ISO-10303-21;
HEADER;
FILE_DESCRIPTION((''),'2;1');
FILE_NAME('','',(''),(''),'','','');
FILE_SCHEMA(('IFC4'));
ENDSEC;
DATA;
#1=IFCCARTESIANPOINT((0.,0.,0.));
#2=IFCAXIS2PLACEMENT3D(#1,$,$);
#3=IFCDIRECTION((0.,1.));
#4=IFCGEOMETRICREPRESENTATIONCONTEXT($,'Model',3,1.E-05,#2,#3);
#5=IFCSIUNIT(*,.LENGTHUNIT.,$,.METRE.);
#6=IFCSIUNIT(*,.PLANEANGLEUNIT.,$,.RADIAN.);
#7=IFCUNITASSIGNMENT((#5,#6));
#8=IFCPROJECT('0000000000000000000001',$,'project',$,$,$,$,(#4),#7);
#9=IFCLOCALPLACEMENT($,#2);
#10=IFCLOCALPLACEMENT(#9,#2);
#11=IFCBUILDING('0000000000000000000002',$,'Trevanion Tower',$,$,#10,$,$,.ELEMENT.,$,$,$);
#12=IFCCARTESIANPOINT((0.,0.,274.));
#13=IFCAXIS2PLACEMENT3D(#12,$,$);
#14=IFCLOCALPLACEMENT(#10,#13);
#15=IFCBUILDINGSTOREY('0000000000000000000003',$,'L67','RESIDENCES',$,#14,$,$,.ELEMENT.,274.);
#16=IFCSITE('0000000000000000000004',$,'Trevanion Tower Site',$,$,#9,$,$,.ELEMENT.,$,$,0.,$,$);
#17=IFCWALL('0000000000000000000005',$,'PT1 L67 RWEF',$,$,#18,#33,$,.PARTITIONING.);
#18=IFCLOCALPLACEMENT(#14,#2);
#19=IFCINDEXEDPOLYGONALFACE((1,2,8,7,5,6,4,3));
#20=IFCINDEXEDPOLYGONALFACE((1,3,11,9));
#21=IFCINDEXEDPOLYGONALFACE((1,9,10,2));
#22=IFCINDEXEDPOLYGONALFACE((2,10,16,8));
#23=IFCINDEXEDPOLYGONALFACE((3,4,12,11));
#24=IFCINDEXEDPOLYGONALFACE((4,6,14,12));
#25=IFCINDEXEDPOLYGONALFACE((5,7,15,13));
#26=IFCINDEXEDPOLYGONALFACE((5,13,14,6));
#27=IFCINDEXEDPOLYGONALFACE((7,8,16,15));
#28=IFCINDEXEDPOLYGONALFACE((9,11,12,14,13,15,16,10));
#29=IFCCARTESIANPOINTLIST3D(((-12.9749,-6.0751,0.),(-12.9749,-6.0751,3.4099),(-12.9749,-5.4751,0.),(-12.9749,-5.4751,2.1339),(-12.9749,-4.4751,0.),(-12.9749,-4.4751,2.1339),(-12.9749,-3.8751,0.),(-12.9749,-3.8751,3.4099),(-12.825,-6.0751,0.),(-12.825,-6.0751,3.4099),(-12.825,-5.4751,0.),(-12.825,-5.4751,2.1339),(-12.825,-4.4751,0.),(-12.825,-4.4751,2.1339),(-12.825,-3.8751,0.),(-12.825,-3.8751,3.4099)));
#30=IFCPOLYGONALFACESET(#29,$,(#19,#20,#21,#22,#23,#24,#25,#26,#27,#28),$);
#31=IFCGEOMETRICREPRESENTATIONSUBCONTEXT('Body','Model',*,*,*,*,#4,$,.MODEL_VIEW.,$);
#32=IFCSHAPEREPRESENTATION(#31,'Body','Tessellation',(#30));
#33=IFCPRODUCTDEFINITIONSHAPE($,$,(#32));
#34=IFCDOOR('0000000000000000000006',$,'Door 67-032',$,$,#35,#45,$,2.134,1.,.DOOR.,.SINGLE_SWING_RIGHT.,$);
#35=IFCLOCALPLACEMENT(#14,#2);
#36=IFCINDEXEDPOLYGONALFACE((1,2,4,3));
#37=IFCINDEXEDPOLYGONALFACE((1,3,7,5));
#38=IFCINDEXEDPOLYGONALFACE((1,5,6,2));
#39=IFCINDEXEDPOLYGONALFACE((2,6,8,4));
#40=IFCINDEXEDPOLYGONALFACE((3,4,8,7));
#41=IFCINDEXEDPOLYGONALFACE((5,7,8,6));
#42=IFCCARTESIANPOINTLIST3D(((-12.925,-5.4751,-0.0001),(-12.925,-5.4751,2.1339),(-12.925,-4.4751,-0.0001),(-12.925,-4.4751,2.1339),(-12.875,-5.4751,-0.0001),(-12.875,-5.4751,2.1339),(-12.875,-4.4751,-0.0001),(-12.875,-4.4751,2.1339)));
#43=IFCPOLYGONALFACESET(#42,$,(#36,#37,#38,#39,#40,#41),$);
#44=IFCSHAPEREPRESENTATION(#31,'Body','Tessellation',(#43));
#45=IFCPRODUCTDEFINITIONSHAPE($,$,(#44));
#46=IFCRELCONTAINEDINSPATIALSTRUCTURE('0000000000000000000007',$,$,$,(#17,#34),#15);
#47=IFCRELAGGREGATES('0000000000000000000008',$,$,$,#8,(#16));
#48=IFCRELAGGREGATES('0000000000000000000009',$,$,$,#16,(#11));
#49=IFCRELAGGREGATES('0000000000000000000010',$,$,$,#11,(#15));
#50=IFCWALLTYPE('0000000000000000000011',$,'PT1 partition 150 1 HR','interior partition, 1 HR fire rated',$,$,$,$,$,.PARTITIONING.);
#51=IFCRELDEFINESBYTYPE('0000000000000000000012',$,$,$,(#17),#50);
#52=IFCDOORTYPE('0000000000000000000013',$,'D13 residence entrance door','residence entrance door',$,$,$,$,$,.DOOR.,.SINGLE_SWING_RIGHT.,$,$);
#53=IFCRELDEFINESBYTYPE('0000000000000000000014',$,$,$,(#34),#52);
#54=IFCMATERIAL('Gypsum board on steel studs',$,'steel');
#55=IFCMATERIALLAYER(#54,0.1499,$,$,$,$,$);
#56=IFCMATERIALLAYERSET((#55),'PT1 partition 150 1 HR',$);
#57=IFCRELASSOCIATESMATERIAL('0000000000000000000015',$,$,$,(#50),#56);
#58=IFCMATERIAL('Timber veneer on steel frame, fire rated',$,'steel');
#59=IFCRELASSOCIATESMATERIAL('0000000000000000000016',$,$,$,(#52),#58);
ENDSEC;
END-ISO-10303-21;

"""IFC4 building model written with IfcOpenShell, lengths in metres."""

from ifc_helpers import new_model, si_unit, direction, frame, frame_2d, origin, place, context, subcontext, project, spatial, rectangle, extrude, material, layer, layer_set, type_object, element, fill, save


model = new_model("IFC4")

# Units and contexts
model_context = context("Model", 3, precision=1e-05, world=origin(), true_north=direction((0.0, 1.0)))
body_context = subcontext(model_context, "Body", "Model", "MODEL_VIEW")
ifc_project = project(units=[si_unit("LENGTHUNIT", "METRE"), si_unit("PLANEANGLEUNIT", "RADIAN")], contexts=[model_context])

# Site, building, storey
site_placement = place(None, origin())
site = spatial("IfcSite", under=ifc_project, at=site_placement, Name="Trevanion Tower Site", CompositionType="ELEMENT", RefElevation=0.0)
building_placement = place(site_placement, origin())
building = spatial("IfcBuilding", under=site, at=building_placement, Name="Trevanion Tower", CompositionType="ELEMENT")
storey_placement = place(building_placement, frame((0.0, 0.0, 274.0)))
storey = spatial("IfcBuildingStorey", under=building, at=storey_placement, Name="L67", Description="RESIDENCES", CompositionType="ELEMENT", Elevation=274.0)

# Wall, opening, door
ifc_material_1 = material(Name="Gypsum board on steel studs", Category="steel")
ifc_layer_1 = layer(ifc_material_1, 0.1499)
ifc_layer_set_1 = layer_set([ifc_layer_1], Name="PT1 partition 150 1 HR")
wall_type_1 = type_object("IfcWallType", Name="PT1 partition 150 1 HR", Description="interior partition, 1 HR fire rated", PredefinedType="PARTITIONING", material=ifc_layer_set_1)
wall_1_placement = place(storey_placement, frame((-12.8999, -3.875, 0.0), z_axis=(0.0, 0.0, 1.0), x_axis=(0.0, -1.0, 0.0)))
wall_1 = element("IfcWall", 1, at=wall_1_placement, inside=storey, type_object=wall_type_1, Name="PT1 L67 RWEF", PredefinedType="PARTITIONING", context=body_context, shape_type="SweptSolid", body=[
    extrude(rectangle(XDim=2.2, YDim=0.1499, at=frame_2d((1.1001, 0.0))), origin(), (0.0, 0.0, 1.0), 3.4099),
])
opening_placement = place(wall_1_placement, frame((0.6001, 0.0, 0.0)))
opening = element("IfcOpeningElement", 2, at=opening_placement, cuts=wall_1, PredefinedType="OPENING", context=body_context, shape_type="SweptSolid", body=[
    extrude(rectangle(XDim=1.0, YDim=2.134, at=frame_2d((0.5, 1.0669))), frame((0.0, 0.085, 0.0), z_axis=(0.0, -1.0, 0.0), x_axis=(1.0, 0.0, 0.0)), (0.0, 0.0, 1.0), 0.1699),
])
ifc_material_2 = material(Name="Timber veneer on steel frame, fire rated", Category="steel")
door_type = type_object("IfcDoorType", Name="D13 residence entrance door", Description="residence entrance door", OperationType="SINGLE_SWING_RIGHT", PredefinedType="DOOR", material=ifc_material_2)
door_placement = place(opening_placement, origin())
door = element("IfcDoor", 3, at=door_placement, inside=storey, type_object=door_type, Name="Door 67-032", OperationType="SINGLE_SWING_RIGHT", OverallHeight=2.134, OverallWidth=1.0, PredefinedType="DOOR", context=body_context, shape_type="SweptSolid", body=[
    extrude(rectangle(XDim=1.0, YDim=2.134, at=frame_2d((0.5, 1.0669))), frame((0.0, 0.0249, 0.0), z_axis=(0.0, -1.0, 0.0), x_axis=(1.0, 0.0, 0.0)), (0.0, 0.0, 1.0), 0.05),
])
fill(opening, door)

save(model, "model.ifc")
